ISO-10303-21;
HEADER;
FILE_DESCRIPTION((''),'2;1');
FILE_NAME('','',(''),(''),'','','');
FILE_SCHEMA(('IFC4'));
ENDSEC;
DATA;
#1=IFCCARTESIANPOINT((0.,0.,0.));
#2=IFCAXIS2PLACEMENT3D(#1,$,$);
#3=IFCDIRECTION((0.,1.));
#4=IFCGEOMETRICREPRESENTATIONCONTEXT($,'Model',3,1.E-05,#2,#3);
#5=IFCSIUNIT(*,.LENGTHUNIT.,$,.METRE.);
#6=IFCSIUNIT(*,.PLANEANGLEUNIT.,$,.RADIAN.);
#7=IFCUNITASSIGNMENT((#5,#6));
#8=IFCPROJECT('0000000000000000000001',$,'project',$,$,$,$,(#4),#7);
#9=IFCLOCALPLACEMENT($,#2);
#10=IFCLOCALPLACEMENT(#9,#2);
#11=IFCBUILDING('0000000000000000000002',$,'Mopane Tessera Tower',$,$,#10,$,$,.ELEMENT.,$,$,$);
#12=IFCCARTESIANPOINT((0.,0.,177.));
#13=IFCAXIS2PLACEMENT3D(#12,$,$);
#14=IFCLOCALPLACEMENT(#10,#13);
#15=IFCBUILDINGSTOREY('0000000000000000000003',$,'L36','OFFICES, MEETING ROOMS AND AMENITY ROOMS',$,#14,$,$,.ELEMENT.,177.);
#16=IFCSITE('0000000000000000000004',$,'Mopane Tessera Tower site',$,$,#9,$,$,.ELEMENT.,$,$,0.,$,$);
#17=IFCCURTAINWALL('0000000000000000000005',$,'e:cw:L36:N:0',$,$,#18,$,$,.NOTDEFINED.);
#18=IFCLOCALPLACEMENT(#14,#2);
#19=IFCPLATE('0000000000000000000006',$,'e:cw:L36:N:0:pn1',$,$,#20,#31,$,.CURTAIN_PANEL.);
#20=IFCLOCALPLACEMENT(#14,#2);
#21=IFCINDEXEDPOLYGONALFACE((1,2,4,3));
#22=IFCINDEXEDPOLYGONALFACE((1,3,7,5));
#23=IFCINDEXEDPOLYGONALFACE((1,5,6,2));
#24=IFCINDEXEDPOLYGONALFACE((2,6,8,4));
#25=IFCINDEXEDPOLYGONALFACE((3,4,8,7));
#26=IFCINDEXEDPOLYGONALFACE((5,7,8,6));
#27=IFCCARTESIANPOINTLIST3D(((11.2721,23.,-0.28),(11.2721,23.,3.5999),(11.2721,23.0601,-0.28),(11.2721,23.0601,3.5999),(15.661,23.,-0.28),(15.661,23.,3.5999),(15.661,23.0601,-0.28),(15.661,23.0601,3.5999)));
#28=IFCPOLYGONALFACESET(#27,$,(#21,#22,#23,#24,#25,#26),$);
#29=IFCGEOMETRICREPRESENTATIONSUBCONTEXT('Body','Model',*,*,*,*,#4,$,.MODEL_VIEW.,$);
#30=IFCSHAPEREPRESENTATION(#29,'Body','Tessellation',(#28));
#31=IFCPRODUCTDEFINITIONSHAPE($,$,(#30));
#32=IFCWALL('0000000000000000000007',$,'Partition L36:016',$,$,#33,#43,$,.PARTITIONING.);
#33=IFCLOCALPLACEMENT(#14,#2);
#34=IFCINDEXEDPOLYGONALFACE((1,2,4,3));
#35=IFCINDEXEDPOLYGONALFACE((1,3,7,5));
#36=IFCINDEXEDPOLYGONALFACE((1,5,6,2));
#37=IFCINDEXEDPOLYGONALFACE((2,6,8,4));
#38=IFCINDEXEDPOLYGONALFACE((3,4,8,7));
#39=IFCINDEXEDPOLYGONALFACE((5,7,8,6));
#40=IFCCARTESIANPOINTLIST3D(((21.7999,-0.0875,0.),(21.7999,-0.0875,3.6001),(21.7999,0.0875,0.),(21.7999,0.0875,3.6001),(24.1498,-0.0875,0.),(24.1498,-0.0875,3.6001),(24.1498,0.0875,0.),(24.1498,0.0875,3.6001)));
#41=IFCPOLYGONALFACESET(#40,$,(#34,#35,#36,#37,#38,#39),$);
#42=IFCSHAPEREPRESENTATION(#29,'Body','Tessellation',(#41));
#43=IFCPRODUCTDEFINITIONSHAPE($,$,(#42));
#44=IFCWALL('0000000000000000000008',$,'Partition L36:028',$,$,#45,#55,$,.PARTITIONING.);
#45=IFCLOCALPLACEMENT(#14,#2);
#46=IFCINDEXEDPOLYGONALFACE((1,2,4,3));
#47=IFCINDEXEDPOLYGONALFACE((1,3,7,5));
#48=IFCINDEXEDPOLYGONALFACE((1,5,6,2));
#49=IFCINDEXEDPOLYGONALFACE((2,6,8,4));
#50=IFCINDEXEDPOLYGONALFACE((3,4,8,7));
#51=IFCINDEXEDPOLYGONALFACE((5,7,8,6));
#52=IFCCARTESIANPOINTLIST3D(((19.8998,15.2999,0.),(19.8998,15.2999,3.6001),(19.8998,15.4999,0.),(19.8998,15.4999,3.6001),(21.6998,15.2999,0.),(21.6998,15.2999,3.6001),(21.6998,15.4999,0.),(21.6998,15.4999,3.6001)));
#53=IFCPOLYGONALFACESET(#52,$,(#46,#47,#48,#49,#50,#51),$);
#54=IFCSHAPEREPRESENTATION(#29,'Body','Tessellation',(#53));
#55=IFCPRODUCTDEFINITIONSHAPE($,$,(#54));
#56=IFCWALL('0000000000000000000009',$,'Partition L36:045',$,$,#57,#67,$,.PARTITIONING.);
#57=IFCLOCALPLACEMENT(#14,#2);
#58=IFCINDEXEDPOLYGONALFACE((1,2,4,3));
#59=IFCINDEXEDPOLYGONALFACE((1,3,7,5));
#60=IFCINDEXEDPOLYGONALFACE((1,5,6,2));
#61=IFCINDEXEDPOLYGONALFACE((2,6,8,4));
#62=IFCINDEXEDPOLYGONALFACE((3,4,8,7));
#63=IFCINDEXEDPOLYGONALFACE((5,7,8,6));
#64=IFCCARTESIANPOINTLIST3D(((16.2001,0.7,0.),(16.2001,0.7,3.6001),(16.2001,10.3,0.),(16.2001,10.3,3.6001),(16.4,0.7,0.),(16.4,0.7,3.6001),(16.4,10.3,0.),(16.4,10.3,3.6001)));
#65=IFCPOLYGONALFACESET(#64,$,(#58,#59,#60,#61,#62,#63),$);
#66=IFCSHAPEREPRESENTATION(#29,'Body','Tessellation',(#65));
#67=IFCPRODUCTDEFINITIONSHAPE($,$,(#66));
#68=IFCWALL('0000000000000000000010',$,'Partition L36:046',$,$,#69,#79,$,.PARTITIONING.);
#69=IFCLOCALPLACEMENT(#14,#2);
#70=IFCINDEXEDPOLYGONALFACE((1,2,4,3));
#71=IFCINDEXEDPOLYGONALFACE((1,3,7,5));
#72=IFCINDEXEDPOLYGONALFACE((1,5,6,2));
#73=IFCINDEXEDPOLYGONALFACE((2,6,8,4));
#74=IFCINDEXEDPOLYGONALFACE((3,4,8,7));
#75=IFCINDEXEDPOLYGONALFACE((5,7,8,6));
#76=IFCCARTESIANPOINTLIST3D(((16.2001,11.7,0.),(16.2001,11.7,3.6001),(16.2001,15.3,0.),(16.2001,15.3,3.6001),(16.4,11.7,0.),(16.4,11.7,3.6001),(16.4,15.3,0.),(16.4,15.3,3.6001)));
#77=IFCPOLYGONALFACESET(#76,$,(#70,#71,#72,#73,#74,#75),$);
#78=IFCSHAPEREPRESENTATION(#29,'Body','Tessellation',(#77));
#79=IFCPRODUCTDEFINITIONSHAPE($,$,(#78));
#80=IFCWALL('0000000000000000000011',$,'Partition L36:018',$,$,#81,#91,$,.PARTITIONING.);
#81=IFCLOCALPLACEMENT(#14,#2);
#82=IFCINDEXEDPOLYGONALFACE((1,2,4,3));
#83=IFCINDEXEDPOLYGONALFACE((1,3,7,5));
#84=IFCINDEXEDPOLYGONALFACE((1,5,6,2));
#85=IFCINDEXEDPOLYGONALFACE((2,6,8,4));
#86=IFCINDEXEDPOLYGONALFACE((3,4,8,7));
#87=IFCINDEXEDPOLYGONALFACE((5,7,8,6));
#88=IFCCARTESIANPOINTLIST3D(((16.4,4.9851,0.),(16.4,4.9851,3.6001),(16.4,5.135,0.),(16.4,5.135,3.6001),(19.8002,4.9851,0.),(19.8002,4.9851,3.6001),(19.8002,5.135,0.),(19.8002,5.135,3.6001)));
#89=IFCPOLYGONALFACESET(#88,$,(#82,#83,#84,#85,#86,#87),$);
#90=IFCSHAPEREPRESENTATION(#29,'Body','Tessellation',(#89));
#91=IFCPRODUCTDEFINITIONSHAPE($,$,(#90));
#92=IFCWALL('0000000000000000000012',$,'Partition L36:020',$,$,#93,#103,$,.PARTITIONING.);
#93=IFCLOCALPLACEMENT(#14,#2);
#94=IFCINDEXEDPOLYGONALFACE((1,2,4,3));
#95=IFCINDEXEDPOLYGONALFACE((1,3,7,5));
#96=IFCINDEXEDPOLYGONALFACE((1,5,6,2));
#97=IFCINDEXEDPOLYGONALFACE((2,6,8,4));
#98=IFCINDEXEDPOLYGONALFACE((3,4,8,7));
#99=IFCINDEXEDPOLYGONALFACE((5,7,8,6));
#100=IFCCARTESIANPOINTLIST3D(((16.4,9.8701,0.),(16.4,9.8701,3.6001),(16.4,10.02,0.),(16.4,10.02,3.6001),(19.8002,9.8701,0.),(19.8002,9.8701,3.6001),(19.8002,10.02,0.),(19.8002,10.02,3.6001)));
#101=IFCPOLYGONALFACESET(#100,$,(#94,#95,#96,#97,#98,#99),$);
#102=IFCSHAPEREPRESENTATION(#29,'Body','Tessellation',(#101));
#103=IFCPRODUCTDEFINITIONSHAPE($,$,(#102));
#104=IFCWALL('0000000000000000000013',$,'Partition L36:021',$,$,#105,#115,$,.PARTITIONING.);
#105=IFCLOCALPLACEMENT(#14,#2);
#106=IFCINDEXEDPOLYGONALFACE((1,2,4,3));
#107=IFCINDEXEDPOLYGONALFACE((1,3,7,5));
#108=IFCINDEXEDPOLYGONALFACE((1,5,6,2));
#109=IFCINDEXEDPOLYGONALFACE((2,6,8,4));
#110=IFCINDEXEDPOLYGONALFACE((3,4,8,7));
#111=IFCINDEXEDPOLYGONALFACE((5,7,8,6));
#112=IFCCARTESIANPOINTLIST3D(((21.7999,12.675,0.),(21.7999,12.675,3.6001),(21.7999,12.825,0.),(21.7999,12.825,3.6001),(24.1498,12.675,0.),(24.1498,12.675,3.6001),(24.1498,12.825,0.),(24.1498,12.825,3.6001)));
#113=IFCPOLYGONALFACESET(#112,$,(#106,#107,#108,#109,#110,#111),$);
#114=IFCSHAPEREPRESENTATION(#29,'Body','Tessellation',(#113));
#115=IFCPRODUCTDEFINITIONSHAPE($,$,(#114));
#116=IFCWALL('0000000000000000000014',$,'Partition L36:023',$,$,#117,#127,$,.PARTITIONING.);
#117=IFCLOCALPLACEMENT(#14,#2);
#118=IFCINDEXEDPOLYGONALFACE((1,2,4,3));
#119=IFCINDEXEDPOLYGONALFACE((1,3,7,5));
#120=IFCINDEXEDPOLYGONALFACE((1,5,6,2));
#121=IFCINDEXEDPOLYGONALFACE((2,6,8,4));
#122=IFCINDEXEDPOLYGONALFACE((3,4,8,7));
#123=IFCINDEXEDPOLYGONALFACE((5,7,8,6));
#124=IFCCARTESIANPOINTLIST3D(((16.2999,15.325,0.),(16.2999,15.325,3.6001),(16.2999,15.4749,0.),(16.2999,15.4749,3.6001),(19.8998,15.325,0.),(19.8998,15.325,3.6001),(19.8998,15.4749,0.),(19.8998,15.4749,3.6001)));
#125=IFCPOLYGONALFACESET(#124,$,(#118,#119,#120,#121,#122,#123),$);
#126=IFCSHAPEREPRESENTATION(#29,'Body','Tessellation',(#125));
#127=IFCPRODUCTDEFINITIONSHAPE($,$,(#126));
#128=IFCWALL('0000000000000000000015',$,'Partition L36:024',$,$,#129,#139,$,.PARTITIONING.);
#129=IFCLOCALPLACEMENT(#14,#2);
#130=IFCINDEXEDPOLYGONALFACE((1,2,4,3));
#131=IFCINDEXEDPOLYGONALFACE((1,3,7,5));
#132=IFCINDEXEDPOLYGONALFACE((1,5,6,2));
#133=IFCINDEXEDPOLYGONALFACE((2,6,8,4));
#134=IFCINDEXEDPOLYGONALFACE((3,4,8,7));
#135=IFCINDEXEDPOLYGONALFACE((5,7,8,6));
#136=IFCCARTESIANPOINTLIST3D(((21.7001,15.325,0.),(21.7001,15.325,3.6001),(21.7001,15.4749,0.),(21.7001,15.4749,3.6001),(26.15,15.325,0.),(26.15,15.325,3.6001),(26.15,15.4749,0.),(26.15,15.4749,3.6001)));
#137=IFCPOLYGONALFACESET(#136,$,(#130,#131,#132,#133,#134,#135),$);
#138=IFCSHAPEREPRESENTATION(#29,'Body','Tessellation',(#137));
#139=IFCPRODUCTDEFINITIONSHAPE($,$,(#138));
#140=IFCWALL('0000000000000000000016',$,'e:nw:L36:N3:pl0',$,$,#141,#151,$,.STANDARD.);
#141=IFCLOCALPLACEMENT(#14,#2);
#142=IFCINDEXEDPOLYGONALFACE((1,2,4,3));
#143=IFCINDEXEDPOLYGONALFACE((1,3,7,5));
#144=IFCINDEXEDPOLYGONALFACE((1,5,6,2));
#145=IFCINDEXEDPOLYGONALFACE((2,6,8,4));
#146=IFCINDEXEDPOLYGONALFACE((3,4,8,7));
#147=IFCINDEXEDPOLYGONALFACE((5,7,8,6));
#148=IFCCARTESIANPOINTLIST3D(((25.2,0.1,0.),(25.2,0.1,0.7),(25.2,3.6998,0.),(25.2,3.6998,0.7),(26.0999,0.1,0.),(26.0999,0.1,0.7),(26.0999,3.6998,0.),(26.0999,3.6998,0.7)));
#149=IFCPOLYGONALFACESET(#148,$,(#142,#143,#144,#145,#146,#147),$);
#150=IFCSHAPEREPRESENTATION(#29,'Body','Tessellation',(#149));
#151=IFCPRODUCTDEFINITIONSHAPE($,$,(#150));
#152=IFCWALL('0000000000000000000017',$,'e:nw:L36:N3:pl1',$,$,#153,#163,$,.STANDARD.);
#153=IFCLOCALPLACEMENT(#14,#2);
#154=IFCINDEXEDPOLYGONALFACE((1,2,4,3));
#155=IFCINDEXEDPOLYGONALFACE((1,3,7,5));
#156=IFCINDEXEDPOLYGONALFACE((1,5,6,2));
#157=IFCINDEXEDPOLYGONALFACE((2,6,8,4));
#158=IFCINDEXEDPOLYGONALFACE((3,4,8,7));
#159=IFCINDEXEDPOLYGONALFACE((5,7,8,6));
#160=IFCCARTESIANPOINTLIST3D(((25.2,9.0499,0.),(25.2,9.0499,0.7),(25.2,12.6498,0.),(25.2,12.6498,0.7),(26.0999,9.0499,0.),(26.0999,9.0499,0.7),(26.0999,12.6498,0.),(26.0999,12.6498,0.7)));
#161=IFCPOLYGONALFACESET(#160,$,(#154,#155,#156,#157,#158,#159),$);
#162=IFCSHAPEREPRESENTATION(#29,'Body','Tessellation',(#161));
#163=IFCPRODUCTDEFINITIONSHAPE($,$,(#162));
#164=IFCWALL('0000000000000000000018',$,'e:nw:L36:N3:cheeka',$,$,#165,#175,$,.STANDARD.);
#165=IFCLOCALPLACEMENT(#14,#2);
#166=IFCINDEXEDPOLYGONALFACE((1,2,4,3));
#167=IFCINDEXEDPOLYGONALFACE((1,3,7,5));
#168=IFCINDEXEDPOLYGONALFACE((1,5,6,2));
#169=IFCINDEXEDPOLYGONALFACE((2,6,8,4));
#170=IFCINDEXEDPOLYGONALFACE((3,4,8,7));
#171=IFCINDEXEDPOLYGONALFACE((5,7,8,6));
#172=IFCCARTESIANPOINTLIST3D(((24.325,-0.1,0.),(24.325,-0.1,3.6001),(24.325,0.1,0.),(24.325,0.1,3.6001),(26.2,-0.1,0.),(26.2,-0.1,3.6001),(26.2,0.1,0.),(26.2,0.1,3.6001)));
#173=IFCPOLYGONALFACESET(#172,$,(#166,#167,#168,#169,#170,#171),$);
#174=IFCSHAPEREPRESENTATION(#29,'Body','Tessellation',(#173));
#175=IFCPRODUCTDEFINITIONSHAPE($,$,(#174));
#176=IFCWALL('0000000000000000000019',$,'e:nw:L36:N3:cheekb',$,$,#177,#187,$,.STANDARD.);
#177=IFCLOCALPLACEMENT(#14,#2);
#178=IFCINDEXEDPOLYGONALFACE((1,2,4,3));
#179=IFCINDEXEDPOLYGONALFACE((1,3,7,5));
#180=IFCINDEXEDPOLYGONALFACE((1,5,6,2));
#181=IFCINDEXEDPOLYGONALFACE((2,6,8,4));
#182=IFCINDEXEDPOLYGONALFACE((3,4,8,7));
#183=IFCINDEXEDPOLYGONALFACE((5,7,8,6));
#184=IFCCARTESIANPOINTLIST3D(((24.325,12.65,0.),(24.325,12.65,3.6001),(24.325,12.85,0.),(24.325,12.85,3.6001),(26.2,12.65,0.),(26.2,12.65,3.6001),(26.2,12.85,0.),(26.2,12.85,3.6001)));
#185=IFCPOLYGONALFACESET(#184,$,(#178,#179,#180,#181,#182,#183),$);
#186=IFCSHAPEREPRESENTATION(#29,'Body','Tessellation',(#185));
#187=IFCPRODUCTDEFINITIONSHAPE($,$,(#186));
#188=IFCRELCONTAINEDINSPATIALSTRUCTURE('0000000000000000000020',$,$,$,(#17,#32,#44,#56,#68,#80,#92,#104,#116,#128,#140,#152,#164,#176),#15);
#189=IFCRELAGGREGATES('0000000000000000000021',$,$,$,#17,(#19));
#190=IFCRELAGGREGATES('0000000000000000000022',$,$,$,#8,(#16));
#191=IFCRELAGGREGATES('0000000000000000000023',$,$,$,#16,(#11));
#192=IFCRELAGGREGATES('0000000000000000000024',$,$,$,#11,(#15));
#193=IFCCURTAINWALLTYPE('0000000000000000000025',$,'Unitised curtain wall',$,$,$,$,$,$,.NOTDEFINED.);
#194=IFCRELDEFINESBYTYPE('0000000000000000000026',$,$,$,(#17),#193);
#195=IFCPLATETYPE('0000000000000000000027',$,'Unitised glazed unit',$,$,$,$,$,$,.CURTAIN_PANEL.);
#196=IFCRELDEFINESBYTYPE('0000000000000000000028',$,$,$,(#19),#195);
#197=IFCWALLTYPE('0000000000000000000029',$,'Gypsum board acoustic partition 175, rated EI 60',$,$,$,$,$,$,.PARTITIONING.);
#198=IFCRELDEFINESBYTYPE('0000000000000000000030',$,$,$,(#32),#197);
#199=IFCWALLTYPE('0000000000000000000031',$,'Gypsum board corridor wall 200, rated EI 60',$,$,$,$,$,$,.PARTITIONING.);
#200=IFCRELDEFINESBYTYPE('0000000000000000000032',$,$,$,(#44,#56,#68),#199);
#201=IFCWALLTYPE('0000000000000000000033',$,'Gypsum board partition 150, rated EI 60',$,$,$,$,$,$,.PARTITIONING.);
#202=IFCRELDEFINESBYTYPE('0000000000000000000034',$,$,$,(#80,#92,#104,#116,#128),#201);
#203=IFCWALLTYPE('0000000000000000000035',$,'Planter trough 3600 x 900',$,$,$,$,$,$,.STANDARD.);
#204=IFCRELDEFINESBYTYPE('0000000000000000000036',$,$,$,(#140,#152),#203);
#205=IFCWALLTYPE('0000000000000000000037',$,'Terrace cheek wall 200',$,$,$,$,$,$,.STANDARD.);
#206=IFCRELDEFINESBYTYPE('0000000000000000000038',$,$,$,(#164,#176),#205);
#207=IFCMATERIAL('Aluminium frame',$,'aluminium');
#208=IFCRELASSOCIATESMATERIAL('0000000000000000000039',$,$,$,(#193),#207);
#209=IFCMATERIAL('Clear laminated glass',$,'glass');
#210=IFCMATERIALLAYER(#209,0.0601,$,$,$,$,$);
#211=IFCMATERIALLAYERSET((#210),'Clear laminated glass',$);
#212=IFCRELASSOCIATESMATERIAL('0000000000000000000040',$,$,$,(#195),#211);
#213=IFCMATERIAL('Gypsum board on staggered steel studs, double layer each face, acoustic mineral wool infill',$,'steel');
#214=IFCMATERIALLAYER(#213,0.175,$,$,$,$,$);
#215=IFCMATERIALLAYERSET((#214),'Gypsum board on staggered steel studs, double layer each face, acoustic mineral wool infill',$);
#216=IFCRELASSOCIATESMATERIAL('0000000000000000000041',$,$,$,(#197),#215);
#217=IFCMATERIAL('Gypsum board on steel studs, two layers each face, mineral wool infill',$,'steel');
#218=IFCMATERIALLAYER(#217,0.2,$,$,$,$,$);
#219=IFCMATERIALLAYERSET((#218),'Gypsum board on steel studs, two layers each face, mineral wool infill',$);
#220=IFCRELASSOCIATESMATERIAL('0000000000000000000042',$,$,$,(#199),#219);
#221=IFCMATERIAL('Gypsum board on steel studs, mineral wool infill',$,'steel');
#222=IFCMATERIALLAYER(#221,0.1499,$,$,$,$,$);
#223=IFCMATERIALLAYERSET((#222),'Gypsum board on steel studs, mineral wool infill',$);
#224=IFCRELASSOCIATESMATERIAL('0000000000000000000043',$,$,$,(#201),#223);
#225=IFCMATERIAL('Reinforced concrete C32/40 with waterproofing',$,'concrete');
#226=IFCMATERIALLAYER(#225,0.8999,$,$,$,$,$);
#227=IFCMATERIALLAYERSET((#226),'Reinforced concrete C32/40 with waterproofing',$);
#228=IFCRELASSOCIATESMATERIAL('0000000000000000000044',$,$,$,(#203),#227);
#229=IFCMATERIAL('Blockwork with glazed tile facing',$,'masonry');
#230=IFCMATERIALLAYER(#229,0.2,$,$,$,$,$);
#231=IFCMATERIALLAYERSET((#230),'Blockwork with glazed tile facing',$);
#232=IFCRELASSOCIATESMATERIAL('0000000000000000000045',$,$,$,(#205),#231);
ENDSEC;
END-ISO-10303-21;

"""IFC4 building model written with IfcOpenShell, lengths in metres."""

from ifc_helpers import new_model, si_unit, direction, frame, frame_2d, origin, origin_2d, place, context, subcontext, project, spatial, rectangle, extrude, material, layer, layer_set, type_object, element, aggregate, save


model = new_model("IFC4")

# Units and contexts
model_context = context("Model", 3, precision=1e-05, world=origin(), true_north=direction((0.0, 1.0)))
body_context = subcontext(model_context, "Body", "Model", "MODEL_VIEW")
ifc_project = project(units=[si_unit("LENGTHUNIT", "METRE"), si_unit("PLANEANGLEUNIT", "RADIAN")], contexts=[model_context])

# Site, building, storey
site_placement = place(None, origin())
site = spatial("IfcSite", under=ifc_project, at=site_placement, Name="Mopane Tessera Tower site", CompositionType="ELEMENT", RefElevation=0.0)
building_placement = place(site_placement, origin())
building = spatial("IfcBuilding", under=site, at=building_placement, Name="Mopane Tessera Tower", CompositionType="ELEMENT")
storey_placement = place(building_placement, frame((0.0, 0.0, 177.0)))
storey = spatial("IfcBuildingStorey", under=building, at=storey_placement, Name="L36", Description="OFFICES, MEETING ROOMS AND AMENITY ROOMS", CompositionType="ELEMENT", Elevation=177.0)

# Shared definitions
ifc_material_1 = material(Name="Aluminium frame", Category="aluminium")
curtain_wall_type = type_object("IfcCurtainWallType", Name="Unitised curtain wall", PredefinedType="NOTDEFINED", material=ifc_material_1)

# Curtain wall
curtain_wall_1_placement = place(storey_placement, origin())
curtain_wall_1 = element("IfcCurtainWall", 1, at=curtain_wall_1_placement, inside=storey, type_object=curtain_wall_type, Name="e:cw:L36:N:0", PredefinedType="NOTDEFINED")

# Plate
ifc_material_2 = material(Name="Clear laminated glass", Category="glass")
ifc_layer_1 = layer(ifc_material_2, 0.0601)
ifc_layer_set_1 = layer_set([ifc_layer_1], Name="Clear laminated glass")
plate_type = type_object("IfcPlateType", Name="Unitised glazed unit", PredefinedType="CURTAIN_PANEL", material=ifc_layer_set_1)
plate_1_placement = place(storey_placement, frame((13.4666, 23.03, -0.28), z_axis=(0.0, 0.0, 1.0), x_axis=(-1.0, 0.0, 0.0)))
plate_1 = element("IfcPlate", 2, at=plate_1_placement, type_object=plate_type, Name="e:cw:L36:N:0:pn1", PredefinedType="CURTAIN_PANEL", context=body_context, shape_type="SweptSolid", body=[
    extrude(rectangle(XDim=4.3889, YDim=0.0601, at=origin_2d()), origin(), (0.0, 0.0, 1.0), 3.8799),
])
aggregate(curtain_wall_1, [plate_1])

# Walls
ifc_material_3 = material(Name="Gypsum board on staggered steel studs, double layer each face, acoustic mineral wool infill", Category="steel")
ifc_layer_2 = layer(ifc_material_3, 0.175)
ifc_layer_set_2 = layer_set([ifc_layer_2], Name="Gypsum board on staggered steel studs, double layer each face, acoustic mineral wool infill")
wall_type_1 = type_object("IfcWallType", Name="Gypsum board acoustic partition 175, rated EI 60", PredefinedType="PARTITIONING", material=ifc_layer_set_2)
wall_1_placement = place(storey_placement, frame((21.8, 0.0, 0.0), z_axis=(0.0, 0.0, 1.0), x_axis=(1.0, 0.0, 0.0)))
element("IfcWall", 3, at=wall_1_placement, inside=storey, type_object=wall_type_1, Name="Partition L36:016", PredefinedType="PARTITIONING", context=body_context, shape_type="SweptSolid", body=[
    extrude(rectangle(XDim=2.3499, YDim=0.175, at=frame_2d((1.1748, 0.0))), origin(), (0.0, 0.0, 1.0), 3.6001),
])
ifc_material_4 = material(Name="Gypsum board on steel studs, two layers each face, mineral wool infill", Category="steel")
ifc_layer_3 = layer(ifc_material_4, 0.2)
ifc_layer_set_3 = layer_set([ifc_layer_3], Name="Gypsum board on steel studs, two layers each face, mineral wool infill")
wall_type_2 = type_object("IfcWallType", Name="Gypsum board corridor wall 200, rated EI 60", PredefinedType="PARTITIONING", material=ifc_layer_set_3)
wall_2_placement = place(storey_placement, frame((19.8999, 15.3999, 0.0), z_axis=(0.0, 0.0, 1.0), x_axis=(1.0, 0.0, 0.0)))
element("IfcWall", 4, at=wall_2_placement, inside=storey, type_object=wall_type_2, Name="Partition L36:028", PredefinedType="PARTITIONING", context=body_context, shape_type="SweptSolid", body=[
    extrude(rectangle(XDim=1.8, YDim=0.2, at=frame_2d((0.8999, 0.0))), origin(), (0.0, 0.0, 1.0), 3.6001),
])
wall_3_placement = place(storey_placement, frame((16.3, 0.7, 0.0), z_axis=(0.0, 0.0, 1.0), x_axis=(0.0, 1.0, 0.0)))
element("IfcWall", 5, at=wall_3_placement, inside=storey, type_object=wall_type_2, Name="Partition L36:045", PredefinedType="PARTITIONING", context=body_context, shape_type="SweptSolid", body=[
    extrude(rectangle(XDim=9.6001, YDim=0.2, at=frame_2d((4.8, 0.0))), origin(), (0.0, 0.0, 1.0), 3.6001),
])
wall_4_placement = place(storey_placement, frame((16.3, 11.7, 0.0), z_axis=(0.0, 0.0, 1.0), x_axis=(0.0, 1.0, 0.0)))
element("IfcWall", 6, at=wall_4_placement, inside=storey, type_object=wall_type_2, Name="Partition L36:046", PredefinedType="PARTITIONING", context=body_context, shape_type="SweptSolid", body=[
    extrude(rectangle(XDim=3.6001, YDim=0.2, at=frame_2d((1.8, 0.0))), origin(), (0.0, 0.0, 1.0), 3.6001),
])
ifc_material_5 = material(Name="Gypsum board on steel studs, mineral wool infill", Category="steel")
ifc_layer_4 = layer(ifc_material_5, 0.1499)
ifc_layer_set_4 = layer_set([ifc_layer_4], Name="Gypsum board on steel studs, mineral wool infill")
wall_type_3 = type_object("IfcWallType", Name="Gypsum board partition 150, rated EI 60", PredefinedType="PARTITIONING", material=ifc_layer_set_4)
for number, where, z_axis, x_axis, name in (
    (7, (16.3999, 5.0601, 0.0), (0.0, 0.0, 1.0), (1.0, 0.0, 0.0), "Partition L36:018"),
    (8, (16.3999, 9.9451, 0.0), (0.0, 0.0, 1.0), (1.0, 0.0, 0.0), "Partition L36:020"),
):
    element("IfcWall", number, at=place(storey_placement, frame(where, z_axis=z_axis, x_axis=x_axis)), inside=storey, type_object=wall_type_3, Name=name, PredefinedType="PARTITIONING", context=body_context, shape_type="SweptSolid", body=[
        extrude(rectangle(XDim=3.4001, YDim=0.1499, at=frame_2d((1.7002, 0.0))), origin(), (0.0, 0.0, 1.0), 3.6001),
    ])
wall_5_placement = place(storey_placement, frame((21.8, 12.75, 0.0), z_axis=(0.0, 0.0, 1.0), x_axis=(1.0, 0.0, 0.0)))
element("IfcWall", 9, at=wall_5_placement, inside=storey, type_object=wall_type_3, Name="Partition L36:021", PredefinedType="PARTITIONING", context=body_context, shape_type="SweptSolid", body=[
    extrude(rectangle(XDim=2.3499, YDim=0.1499, at=frame_2d((1.1748, 0.0))), origin(), (0.0, 0.0, 1.0), 3.6001),
])
wall_6_placement = place(storey_placement, frame((16.3, 15.3999, 0.0), z_axis=(0.0, 0.0, 1.0), x_axis=(1.0, 0.0, 0.0)))
element("IfcWall", 10, at=wall_6_placement, inside=storey, type_object=wall_type_3, Name="Partition L36:023", PredefinedType="PARTITIONING", context=body_context, shape_type="SweptSolid", body=[
    extrude(rectangle(XDim=3.5999, YDim=0.1499, at=frame_2d((1.7998, 0.0))), origin(), (0.0, 0.0, 1.0), 3.6001),
])
wall_7_placement = place(storey_placement, frame((21.7, 15.3999, 0.0), z_axis=(0.0, 0.0, 1.0), x_axis=(1.0, 0.0, 0.0)))
element("IfcWall", 11, at=wall_7_placement, inside=storey, type_object=wall_type_3, Name="Partition L36:024", PredefinedType="PARTITIONING", context=body_context, shape_type="SweptSolid", body=[
    extrude(rectangle(XDim=4.45, YDim=0.1499, at=frame_2d((2.2251, 0.0))), origin(), (0.0, 0.0, 1.0), 3.6001),
])
ifc_material_6 = material(Name="Reinforced concrete C32/40 with waterproofing", Category="concrete")
ifc_layer_5 = layer(ifc_material_6, 0.8999)
ifc_layer_set_5 = layer_set([ifc_layer_5], Name="Reinforced concrete C32/40 with waterproofing")
wall_type_4 = type_object("IfcWallType", Name="Planter trough 3600 x 900", PredefinedType="STANDARD", material=ifc_layer_set_5)
for number, where, z_axis, x_axis, name in (
    (12, (25.6499, 0.1001, 0.0), (0.0, 0.0, 1.0), (0.0, 1.0, 0.0), "e:nw:L36:N3:pl0"),
    (13, (25.6499, 9.05, 0.0), (0.0, 0.0, 1.0), (0.0, 1.0, 0.0), "e:nw:L36:N3:pl1"),
):
    element("IfcWall", number, at=place(storey_placement, frame(where, z_axis=z_axis, x_axis=x_axis)), inside=storey, type_object=wall_type_4, Name=name, PredefinedType="STANDARD", context=body_context, shape_type="SweptSolid", body=[
        extrude(rectangle(XDim=3.5999, YDim=0.8999, at=frame_2d((1.7998, 0.0))), origin(), (0.0, 0.0, 1.0), 0.7),
    ])
ifc_material_7 = material(Name="Blockwork with glazed tile facing", Category="masonry")
ifc_layer_6 = layer(ifc_material_7, 0.2)
ifc_layer_set_6 = layer_set([ifc_layer_6], Name="Blockwork with glazed tile facing")
wall_type_5 = type_object("IfcWallType", Name="Terrace cheek wall 200", PredefinedType="STANDARD", material=ifc_layer_set_6)
for number, where, z_axis, x_axis, name in (
    (14, (26.2, 0.0, 0.0), (0.0, 0.0, 1.0), (-1.0, 0.0, 0.0), "e:nw:L36:N3:cheeka"),
    (15, (26.2, 12.75, 0.0), (0.0, 0.0, 1.0), (-1.0, 0.0, 0.0), "e:nw:L36:N3:cheekb"),
):
    element("IfcWall", number, at=place(storey_placement, frame(where, z_axis=z_axis, x_axis=x_axis)), inside=storey, type_object=wall_type_5, Name=name, PredefinedType="STANDARD", context=body_context, shape_type="SweptSolid", body=[
        extrude(rectangle(XDim=1.875, YDim=0.2, at=frame_2d((0.9375, 0.0))), origin(), (0.0, 0.0, 1.0), 3.6001),
    ])

save(model, "model.ifc")
